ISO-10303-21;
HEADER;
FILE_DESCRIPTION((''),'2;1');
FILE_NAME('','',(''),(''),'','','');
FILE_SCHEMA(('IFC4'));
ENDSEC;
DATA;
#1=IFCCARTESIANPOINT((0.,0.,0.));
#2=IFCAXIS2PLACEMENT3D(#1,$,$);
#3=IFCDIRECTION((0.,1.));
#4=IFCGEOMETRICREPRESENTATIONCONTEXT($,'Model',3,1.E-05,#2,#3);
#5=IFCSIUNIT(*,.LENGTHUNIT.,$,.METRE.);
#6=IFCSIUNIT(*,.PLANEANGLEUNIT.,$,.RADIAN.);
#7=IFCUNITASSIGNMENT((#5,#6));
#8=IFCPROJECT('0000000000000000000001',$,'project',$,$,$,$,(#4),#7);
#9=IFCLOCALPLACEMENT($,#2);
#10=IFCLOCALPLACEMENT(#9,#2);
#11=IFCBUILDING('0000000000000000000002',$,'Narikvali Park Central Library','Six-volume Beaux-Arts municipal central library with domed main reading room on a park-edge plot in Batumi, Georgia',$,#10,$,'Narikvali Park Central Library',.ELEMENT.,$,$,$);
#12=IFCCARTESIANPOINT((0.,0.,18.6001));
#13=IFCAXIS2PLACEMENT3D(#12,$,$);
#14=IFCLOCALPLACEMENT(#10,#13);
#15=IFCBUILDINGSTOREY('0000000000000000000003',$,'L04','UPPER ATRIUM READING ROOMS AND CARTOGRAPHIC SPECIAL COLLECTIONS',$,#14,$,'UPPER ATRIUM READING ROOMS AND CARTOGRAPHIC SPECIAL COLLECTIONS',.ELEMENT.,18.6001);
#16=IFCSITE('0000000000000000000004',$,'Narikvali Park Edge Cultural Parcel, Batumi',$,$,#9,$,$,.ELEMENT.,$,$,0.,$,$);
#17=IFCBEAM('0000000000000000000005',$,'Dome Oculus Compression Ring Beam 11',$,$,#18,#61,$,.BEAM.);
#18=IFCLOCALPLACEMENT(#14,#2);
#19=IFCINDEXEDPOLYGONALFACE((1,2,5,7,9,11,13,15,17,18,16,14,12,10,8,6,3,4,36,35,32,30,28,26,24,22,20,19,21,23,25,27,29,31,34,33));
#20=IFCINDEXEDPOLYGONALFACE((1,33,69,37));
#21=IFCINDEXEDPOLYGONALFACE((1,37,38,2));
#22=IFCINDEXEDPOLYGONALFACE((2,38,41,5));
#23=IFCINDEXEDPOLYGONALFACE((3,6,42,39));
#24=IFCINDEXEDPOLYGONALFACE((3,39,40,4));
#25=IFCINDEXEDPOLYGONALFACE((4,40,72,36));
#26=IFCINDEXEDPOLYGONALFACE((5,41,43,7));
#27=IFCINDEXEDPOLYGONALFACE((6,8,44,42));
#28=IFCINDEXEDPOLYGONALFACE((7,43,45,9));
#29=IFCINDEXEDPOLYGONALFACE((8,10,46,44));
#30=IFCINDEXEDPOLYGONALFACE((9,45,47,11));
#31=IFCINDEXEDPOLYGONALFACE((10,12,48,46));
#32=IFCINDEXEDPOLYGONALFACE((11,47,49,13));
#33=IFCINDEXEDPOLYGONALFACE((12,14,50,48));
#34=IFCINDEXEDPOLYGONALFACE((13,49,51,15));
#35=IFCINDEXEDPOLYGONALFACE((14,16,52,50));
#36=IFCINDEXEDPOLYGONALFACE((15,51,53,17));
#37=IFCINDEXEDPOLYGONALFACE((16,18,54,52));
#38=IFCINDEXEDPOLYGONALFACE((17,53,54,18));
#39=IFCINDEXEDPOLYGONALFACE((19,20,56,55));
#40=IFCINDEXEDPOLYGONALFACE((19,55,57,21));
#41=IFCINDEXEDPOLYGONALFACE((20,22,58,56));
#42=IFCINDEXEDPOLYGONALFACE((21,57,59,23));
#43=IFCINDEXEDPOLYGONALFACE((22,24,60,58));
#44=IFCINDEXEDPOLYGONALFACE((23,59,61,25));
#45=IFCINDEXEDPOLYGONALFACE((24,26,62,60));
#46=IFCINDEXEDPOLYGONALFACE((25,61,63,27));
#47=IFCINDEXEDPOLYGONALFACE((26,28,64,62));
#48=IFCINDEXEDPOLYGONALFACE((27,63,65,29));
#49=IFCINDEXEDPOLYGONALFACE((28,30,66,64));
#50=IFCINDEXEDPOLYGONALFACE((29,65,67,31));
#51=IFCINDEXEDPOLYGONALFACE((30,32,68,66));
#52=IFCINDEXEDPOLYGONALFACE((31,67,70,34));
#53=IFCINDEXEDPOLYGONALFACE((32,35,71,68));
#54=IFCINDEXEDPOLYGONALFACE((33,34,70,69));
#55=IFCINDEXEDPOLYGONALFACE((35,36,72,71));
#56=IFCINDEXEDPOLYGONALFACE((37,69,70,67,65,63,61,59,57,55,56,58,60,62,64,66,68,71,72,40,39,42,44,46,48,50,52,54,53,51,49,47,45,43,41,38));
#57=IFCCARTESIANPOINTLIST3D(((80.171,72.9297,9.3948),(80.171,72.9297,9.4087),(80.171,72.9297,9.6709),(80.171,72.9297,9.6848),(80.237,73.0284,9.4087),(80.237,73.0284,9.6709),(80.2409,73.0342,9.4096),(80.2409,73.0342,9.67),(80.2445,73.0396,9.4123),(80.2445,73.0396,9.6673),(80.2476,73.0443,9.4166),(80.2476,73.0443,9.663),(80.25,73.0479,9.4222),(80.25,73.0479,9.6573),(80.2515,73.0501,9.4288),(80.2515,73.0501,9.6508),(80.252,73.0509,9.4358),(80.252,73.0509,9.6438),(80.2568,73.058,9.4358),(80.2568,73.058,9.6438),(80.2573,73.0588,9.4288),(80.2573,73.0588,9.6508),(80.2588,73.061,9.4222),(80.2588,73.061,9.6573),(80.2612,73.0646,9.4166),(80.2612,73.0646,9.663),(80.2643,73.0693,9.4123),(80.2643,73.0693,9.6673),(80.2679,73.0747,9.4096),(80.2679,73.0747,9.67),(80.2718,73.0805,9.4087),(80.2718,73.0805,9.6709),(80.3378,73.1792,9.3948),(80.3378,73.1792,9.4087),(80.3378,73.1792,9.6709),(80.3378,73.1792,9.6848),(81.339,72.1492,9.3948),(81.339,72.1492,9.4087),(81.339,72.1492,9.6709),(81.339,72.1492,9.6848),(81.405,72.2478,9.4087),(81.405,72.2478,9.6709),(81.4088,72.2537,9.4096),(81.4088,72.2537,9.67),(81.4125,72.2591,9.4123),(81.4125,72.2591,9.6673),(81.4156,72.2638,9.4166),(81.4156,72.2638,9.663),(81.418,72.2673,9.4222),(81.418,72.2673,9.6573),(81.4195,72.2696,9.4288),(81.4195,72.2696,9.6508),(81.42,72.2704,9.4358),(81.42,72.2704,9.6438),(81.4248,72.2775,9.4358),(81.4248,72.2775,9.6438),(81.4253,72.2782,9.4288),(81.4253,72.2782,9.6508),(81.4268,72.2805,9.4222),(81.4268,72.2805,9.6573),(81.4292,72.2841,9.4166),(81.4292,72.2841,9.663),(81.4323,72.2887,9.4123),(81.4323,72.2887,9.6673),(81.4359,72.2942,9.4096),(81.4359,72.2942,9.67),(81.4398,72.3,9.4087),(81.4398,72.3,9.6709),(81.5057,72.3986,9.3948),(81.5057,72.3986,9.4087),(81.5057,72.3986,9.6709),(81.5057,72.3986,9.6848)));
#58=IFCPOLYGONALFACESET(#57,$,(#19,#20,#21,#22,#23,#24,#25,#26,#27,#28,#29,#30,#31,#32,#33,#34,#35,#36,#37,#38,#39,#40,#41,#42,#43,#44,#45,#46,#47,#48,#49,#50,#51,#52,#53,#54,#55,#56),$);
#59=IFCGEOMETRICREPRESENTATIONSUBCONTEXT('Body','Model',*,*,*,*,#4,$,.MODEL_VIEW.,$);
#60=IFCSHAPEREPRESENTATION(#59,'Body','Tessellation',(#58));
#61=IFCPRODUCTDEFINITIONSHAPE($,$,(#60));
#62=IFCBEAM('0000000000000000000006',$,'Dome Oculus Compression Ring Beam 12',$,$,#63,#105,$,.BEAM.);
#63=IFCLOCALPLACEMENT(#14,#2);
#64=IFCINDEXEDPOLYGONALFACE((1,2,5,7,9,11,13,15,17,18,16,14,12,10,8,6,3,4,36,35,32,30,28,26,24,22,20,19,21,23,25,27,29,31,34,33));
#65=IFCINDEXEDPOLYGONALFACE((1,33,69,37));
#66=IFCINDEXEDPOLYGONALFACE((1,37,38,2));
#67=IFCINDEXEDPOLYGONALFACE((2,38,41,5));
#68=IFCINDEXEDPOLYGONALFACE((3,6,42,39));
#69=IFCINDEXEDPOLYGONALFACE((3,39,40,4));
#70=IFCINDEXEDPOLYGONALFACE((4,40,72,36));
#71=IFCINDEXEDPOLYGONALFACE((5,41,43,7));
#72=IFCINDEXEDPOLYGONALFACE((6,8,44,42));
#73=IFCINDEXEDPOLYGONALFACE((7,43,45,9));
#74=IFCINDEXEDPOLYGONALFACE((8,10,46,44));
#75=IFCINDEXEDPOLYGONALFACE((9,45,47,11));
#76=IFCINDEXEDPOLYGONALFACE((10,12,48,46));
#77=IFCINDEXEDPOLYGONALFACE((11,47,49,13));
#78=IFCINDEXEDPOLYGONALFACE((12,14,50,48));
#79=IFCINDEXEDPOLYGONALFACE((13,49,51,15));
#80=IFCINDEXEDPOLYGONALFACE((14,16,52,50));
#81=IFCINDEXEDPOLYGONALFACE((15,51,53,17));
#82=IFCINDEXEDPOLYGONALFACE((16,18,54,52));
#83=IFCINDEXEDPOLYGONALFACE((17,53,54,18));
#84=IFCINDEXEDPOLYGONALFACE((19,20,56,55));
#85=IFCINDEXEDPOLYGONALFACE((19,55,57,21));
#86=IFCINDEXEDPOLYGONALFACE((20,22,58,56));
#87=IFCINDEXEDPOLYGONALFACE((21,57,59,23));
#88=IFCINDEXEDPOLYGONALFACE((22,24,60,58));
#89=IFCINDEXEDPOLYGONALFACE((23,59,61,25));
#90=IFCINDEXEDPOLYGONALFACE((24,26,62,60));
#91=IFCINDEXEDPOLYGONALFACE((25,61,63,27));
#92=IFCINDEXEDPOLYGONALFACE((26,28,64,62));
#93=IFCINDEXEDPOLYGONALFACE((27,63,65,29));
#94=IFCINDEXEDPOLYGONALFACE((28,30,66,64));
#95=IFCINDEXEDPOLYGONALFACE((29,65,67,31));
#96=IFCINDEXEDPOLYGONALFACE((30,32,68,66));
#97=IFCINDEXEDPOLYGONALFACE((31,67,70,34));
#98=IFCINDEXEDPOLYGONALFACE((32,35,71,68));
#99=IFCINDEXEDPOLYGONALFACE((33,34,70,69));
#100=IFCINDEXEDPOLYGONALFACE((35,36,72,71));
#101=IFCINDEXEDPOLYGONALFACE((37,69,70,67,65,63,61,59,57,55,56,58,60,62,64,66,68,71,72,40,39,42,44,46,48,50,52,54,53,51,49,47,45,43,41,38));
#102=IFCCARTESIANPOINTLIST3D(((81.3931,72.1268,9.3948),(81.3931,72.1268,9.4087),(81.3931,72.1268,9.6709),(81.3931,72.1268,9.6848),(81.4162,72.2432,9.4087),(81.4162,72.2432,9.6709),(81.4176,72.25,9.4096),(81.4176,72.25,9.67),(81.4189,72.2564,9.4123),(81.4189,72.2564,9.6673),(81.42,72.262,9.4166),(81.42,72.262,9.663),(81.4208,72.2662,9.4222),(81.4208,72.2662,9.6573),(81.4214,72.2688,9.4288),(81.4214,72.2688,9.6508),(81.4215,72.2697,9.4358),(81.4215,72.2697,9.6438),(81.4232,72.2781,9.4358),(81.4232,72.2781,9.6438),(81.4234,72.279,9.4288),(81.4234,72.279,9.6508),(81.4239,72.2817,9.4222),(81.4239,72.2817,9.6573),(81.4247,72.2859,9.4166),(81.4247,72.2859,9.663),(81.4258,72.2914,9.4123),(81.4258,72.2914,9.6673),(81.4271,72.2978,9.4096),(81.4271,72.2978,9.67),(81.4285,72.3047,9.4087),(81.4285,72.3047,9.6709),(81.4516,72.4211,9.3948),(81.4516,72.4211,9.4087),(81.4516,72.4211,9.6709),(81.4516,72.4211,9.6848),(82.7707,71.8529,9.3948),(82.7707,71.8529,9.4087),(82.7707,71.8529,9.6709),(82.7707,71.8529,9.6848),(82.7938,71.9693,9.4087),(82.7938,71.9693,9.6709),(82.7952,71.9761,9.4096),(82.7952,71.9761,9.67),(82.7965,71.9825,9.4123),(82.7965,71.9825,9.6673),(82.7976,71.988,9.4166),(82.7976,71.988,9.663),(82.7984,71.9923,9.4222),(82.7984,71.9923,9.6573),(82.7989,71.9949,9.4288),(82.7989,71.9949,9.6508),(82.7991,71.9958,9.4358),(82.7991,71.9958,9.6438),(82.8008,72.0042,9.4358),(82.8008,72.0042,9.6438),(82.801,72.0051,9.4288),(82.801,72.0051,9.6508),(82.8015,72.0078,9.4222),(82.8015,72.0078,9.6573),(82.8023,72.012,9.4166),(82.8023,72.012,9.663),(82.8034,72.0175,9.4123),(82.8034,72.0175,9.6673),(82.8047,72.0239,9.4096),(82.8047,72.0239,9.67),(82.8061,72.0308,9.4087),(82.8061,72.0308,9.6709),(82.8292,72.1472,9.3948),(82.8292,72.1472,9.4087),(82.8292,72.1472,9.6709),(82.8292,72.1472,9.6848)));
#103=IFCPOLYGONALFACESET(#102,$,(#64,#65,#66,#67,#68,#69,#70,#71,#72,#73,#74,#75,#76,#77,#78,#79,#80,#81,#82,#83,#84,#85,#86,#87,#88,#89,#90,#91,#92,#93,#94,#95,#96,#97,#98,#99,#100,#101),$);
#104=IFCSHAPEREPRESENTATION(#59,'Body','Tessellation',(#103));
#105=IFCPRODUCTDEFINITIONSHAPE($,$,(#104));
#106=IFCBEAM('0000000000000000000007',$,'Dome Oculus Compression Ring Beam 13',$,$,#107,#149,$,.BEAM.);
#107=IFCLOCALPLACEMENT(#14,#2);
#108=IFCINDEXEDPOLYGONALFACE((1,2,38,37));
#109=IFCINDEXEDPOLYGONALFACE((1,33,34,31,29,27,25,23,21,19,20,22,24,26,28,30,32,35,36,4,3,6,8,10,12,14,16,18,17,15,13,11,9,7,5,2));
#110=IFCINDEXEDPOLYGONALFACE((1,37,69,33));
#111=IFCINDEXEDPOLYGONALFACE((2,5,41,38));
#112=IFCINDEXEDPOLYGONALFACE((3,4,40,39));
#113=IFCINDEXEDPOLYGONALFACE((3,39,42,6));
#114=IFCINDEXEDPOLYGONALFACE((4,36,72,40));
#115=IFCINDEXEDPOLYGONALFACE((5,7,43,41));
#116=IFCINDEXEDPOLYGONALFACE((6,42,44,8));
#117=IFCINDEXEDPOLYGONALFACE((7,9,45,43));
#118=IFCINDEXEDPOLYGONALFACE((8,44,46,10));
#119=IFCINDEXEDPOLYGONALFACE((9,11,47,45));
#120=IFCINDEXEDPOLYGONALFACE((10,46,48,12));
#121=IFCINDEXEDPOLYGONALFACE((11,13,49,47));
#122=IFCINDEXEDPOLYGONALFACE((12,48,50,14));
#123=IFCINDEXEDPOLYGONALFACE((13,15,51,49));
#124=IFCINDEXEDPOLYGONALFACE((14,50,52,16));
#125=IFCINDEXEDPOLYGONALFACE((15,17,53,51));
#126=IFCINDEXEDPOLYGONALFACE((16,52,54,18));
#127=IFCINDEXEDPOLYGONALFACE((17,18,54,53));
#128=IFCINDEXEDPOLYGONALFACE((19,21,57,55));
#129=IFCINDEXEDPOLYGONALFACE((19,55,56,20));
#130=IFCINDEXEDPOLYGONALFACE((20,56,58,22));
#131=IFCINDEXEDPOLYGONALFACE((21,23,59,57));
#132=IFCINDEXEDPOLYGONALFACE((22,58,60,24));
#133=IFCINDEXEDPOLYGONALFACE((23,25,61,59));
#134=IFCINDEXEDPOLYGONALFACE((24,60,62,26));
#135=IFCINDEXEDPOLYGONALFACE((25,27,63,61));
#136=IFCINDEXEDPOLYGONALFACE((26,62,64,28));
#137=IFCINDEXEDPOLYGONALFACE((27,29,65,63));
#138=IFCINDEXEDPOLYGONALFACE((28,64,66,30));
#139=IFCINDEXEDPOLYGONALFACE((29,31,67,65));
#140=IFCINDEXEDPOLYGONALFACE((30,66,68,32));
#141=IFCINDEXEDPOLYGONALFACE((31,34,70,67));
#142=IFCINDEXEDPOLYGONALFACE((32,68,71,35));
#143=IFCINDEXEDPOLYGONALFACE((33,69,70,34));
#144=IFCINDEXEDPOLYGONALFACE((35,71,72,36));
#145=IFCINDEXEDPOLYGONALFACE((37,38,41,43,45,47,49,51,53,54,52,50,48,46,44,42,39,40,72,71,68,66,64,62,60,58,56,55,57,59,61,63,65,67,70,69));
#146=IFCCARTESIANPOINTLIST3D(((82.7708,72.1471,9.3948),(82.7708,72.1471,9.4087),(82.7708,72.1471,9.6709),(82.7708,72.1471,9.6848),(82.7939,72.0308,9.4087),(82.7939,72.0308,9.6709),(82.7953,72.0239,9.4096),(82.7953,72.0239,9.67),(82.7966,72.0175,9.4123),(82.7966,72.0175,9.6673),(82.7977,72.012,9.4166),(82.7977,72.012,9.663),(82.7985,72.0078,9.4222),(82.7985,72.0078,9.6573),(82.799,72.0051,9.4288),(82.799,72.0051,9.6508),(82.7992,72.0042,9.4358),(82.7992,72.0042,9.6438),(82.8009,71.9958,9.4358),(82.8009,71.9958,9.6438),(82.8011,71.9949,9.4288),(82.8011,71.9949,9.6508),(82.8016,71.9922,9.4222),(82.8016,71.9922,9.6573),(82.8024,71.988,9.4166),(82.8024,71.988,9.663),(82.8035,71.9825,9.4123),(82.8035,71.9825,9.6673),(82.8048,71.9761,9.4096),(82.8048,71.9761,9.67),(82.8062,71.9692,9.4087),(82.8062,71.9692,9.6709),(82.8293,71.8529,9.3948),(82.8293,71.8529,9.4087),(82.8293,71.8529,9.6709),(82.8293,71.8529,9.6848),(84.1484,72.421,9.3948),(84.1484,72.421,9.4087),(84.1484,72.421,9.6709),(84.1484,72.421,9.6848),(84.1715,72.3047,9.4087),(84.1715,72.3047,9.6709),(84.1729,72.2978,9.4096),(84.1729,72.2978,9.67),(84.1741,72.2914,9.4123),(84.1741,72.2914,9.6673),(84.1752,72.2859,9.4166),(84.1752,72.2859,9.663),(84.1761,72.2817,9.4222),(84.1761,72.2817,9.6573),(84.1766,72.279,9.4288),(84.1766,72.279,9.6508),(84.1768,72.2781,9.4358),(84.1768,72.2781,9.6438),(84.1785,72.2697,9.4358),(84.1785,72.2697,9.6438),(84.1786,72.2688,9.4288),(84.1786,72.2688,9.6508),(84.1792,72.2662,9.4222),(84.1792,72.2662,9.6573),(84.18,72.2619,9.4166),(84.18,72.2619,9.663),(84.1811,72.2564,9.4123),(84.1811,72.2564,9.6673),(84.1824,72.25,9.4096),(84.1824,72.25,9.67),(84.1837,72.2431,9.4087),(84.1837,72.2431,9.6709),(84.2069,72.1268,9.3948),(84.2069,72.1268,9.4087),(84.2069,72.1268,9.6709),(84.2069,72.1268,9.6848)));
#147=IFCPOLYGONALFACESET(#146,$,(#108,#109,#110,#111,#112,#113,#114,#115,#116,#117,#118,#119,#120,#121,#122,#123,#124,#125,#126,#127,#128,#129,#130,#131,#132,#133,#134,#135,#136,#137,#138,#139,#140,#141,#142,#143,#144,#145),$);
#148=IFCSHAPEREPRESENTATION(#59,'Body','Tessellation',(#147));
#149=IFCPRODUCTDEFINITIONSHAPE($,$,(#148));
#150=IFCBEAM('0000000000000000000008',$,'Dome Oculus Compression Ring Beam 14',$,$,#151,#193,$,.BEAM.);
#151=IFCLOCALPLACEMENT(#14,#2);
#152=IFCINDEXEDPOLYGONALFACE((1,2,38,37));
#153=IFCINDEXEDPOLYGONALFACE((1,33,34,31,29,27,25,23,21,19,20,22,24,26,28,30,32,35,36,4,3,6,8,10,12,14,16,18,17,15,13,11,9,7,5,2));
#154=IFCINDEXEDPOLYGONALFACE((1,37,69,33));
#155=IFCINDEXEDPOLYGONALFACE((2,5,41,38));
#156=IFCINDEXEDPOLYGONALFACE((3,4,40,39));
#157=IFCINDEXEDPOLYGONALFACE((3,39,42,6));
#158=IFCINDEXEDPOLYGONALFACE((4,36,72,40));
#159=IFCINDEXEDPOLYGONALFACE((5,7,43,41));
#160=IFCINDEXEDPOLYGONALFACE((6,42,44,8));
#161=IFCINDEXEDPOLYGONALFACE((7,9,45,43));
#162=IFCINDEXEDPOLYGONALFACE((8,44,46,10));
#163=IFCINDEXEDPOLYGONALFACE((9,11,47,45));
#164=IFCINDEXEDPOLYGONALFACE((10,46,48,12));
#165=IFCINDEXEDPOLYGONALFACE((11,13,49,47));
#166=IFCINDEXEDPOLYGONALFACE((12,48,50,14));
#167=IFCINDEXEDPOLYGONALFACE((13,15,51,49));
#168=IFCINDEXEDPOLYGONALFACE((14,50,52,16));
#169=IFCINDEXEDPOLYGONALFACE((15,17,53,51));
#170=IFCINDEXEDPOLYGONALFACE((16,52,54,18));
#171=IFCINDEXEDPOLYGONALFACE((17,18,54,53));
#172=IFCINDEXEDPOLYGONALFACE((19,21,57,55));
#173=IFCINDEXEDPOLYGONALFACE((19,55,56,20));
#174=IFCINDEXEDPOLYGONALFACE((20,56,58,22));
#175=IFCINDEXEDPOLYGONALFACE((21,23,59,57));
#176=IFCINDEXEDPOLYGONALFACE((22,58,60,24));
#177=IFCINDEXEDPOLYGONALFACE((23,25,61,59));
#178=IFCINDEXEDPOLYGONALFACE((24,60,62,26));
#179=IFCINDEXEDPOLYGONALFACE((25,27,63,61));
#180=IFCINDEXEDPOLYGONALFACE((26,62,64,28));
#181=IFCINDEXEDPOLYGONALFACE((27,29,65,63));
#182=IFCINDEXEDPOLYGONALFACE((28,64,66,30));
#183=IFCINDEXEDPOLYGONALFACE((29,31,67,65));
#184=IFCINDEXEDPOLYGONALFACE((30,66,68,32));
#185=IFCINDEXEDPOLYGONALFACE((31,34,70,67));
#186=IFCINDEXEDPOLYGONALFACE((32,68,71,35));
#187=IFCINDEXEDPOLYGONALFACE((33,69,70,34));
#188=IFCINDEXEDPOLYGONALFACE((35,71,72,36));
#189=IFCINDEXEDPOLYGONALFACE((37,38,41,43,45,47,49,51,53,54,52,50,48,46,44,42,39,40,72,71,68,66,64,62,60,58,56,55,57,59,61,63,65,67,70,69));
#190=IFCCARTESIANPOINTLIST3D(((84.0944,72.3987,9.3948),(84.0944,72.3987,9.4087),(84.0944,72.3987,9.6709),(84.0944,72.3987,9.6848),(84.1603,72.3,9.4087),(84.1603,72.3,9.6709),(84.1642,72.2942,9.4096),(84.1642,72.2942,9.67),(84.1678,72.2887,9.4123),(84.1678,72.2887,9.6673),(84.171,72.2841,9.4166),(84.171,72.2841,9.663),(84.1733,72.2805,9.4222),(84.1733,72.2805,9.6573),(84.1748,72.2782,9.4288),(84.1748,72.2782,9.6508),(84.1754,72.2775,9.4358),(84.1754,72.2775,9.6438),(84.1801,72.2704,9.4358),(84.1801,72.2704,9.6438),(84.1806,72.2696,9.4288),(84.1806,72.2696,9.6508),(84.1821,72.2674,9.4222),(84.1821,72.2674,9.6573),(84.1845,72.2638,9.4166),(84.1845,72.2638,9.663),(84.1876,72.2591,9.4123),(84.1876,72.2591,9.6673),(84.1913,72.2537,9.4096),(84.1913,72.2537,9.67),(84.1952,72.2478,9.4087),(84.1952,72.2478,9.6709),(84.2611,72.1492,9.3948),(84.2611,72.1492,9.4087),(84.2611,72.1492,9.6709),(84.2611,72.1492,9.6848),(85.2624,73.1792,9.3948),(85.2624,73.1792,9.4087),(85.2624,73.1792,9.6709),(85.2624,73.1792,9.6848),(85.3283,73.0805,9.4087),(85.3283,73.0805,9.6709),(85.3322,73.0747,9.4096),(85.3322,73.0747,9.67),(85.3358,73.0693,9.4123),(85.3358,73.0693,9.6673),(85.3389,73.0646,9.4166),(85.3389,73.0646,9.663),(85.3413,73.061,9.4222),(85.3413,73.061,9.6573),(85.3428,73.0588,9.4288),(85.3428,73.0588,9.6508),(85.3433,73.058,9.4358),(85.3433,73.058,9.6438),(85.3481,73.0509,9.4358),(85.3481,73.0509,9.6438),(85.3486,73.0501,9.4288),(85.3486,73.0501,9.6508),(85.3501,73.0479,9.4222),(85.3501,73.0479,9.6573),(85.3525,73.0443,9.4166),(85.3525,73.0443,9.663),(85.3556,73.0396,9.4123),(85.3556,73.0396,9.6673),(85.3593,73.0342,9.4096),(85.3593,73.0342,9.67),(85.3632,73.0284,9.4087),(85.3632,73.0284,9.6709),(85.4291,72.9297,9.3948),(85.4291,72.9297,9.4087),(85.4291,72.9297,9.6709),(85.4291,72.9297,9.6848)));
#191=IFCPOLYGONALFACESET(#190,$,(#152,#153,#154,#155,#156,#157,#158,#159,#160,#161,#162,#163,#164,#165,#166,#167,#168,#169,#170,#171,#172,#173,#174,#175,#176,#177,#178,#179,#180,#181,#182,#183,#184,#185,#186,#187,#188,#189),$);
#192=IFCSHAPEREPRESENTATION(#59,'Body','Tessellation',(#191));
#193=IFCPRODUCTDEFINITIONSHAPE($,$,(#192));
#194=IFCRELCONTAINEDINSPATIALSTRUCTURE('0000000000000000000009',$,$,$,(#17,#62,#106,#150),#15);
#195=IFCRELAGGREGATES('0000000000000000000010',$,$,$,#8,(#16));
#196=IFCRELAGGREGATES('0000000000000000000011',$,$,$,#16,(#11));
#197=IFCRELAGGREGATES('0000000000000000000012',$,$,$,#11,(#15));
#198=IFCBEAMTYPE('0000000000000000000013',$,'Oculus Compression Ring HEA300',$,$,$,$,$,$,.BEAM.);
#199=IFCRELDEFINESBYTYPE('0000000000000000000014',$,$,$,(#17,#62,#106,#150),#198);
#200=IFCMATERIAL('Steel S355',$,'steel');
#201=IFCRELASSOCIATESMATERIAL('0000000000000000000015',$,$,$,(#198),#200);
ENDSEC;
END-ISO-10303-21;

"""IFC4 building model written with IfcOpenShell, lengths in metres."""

from ifc_helpers import new_model, si_unit, direction, frame, origin, origin_2d, place, context, subcontext, project, spatial, i_section, extrude, material, material_profile, profile_set, type_object, element, save


model = new_model("IFC4")

# Units and contexts
model_context = context("Model", 3, precision=1e-05, world=origin(), true_north=direction((0.0, 1.0)))
body_context = subcontext(model_context, "Body", "Model", "MODEL_VIEW")
ifc_project = project(units=[si_unit("LENGTHUNIT", "METRE"), si_unit("PLANEANGLEUNIT", "RADIAN")], contexts=[model_context])

# Site, building, storey
site_placement = place(None, origin())
site = spatial("IfcSite", under=ifc_project, at=site_placement, Name="Narikvali Park Edge Cultural Parcel, Batumi", CompositionType="ELEMENT", RefElevation=0.0)
building_placement = place(site_placement, origin())
building = spatial("IfcBuilding", under=site, at=building_placement, Name="Narikvali Park Central Library", Description="Six-volume Beaux-Arts municipal central library with domed main reading room on a park-edge plot in Batumi, Georgia", LongName="Narikvali Park Central Library", CompositionType="ELEMENT")
storey_placement = place(building_placement, frame((0.0, 0.0, 18.6001)))
storey = spatial("IfcBuildingStorey", under=building, at=storey_placement, Name="L04", Description="UPPER ATRIUM READING ROOMS AND CARTOGRAPHIC SPECIAL COLLECTIONS", LongName="UPPER ATRIUM READING ROOMS AND CARTOGRAPHIC SPECIAL COLLECTIONS", CompositionType="ELEMENT", Elevation=18.6001)

# Shared definitions
ifc_material_1 = material(Name="Steel S355", Category="steel")

# Beams
ifc_material_profile_1 = material_profile(ifc_material_1, i_section(OverallWidth=0.3, OverallDepth=0.29, WebThickness=0.0085, FlangeThickness=0.0139, FilletRadius=0.0271, at=origin_2d()), Name="HEA 300")
ifc_profile_set_1 = profile_set([ifc_material_profile_1], Name="Steel S355")
beam_type = type_object("IfcBeamType", Name="Oculus Compression Ring HEA300", PredefinedType="BEAM", material=ifc_profile_set_1)
beam_1_placement = place(storey_placement, frame((80.2544, 73.0544, 9.5398), z_axis=(0.831435, -0.555622, 0.0), x_axis=(0.555622, 0.831435, 0.0)))
element("IfcBeam", 1, at=beam_1_placement, inside=storey, type_object=beam_type, Name="Dome Oculus Compression Ring Beam 11", PredefinedType="BEAM", context=body_context, shape_type="SweptSolid", body=[
    extrude(i_section(OverallWidth=0.3, OverallDepth=0.29, WebThickness=0.0085, FlangeThickness=0.0139, FilletRadius=0.0271, at=origin_2d()), origin(), (0.0, 0.0, 1.0), 1.4048),
])
for number, where, z_axis, x_axis, name in (
    (2, (81.4224, 72.2739, 9.5398), (0.980801, -0.195013, 0.0), (0.195013, 0.980801, 0.0), "Dome Oculus Compression Ring Beam 12"),
    (3, (82.8, 72.0, 9.5398), (0.980801, 0.195013, 0.0), (-0.195013, 0.980801, 0.0), "Dome Oculus Compression Ring Beam 13"),
):
    element("IfcBeam", number, at=place(storey_placement, frame(where, z_axis=z_axis, x_axis=x_axis)), inside=storey, type_object=beam_type, Name=name, PredefinedType="BEAM", context=body_context, shape_type="SweptSolid", body=[
        extrude(i_section(OverallWidth=0.3, OverallDepth=0.29, WebThickness=0.0085, FlangeThickness=0.0139, FilletRadius=0.0271, at=origin_2d()), origin(), (0.0, 0.0, 1.0), 1.4045),
    ])
beam_2_placement = place(storey_placement, frame((84.1777, 72.2739, 9.5398), z_axis=(0.831435, 0.555622, 0.0), x_axis=(-0.555622, 0.831435, 0.0)))
element("IfcBeam", 4, at=beam_2_placement, inside=storey, type_object=beam_type, Name="Dome Oculus Compression Ring Beam 14", PredefinedType="BEAM", context=body_context, shape_type="SweptSolid", body=[
    extrude(i_section(OverallWidth=0.3, OverallDepth=0.29, WebThickness=0.0085, FlangeThickness=0.0139, FilletRadius=0.0271, at=origin_2d()), origin(), (0.0, 0.0, 1.0), 1.4048),
])

save(model, "model.ifc")
